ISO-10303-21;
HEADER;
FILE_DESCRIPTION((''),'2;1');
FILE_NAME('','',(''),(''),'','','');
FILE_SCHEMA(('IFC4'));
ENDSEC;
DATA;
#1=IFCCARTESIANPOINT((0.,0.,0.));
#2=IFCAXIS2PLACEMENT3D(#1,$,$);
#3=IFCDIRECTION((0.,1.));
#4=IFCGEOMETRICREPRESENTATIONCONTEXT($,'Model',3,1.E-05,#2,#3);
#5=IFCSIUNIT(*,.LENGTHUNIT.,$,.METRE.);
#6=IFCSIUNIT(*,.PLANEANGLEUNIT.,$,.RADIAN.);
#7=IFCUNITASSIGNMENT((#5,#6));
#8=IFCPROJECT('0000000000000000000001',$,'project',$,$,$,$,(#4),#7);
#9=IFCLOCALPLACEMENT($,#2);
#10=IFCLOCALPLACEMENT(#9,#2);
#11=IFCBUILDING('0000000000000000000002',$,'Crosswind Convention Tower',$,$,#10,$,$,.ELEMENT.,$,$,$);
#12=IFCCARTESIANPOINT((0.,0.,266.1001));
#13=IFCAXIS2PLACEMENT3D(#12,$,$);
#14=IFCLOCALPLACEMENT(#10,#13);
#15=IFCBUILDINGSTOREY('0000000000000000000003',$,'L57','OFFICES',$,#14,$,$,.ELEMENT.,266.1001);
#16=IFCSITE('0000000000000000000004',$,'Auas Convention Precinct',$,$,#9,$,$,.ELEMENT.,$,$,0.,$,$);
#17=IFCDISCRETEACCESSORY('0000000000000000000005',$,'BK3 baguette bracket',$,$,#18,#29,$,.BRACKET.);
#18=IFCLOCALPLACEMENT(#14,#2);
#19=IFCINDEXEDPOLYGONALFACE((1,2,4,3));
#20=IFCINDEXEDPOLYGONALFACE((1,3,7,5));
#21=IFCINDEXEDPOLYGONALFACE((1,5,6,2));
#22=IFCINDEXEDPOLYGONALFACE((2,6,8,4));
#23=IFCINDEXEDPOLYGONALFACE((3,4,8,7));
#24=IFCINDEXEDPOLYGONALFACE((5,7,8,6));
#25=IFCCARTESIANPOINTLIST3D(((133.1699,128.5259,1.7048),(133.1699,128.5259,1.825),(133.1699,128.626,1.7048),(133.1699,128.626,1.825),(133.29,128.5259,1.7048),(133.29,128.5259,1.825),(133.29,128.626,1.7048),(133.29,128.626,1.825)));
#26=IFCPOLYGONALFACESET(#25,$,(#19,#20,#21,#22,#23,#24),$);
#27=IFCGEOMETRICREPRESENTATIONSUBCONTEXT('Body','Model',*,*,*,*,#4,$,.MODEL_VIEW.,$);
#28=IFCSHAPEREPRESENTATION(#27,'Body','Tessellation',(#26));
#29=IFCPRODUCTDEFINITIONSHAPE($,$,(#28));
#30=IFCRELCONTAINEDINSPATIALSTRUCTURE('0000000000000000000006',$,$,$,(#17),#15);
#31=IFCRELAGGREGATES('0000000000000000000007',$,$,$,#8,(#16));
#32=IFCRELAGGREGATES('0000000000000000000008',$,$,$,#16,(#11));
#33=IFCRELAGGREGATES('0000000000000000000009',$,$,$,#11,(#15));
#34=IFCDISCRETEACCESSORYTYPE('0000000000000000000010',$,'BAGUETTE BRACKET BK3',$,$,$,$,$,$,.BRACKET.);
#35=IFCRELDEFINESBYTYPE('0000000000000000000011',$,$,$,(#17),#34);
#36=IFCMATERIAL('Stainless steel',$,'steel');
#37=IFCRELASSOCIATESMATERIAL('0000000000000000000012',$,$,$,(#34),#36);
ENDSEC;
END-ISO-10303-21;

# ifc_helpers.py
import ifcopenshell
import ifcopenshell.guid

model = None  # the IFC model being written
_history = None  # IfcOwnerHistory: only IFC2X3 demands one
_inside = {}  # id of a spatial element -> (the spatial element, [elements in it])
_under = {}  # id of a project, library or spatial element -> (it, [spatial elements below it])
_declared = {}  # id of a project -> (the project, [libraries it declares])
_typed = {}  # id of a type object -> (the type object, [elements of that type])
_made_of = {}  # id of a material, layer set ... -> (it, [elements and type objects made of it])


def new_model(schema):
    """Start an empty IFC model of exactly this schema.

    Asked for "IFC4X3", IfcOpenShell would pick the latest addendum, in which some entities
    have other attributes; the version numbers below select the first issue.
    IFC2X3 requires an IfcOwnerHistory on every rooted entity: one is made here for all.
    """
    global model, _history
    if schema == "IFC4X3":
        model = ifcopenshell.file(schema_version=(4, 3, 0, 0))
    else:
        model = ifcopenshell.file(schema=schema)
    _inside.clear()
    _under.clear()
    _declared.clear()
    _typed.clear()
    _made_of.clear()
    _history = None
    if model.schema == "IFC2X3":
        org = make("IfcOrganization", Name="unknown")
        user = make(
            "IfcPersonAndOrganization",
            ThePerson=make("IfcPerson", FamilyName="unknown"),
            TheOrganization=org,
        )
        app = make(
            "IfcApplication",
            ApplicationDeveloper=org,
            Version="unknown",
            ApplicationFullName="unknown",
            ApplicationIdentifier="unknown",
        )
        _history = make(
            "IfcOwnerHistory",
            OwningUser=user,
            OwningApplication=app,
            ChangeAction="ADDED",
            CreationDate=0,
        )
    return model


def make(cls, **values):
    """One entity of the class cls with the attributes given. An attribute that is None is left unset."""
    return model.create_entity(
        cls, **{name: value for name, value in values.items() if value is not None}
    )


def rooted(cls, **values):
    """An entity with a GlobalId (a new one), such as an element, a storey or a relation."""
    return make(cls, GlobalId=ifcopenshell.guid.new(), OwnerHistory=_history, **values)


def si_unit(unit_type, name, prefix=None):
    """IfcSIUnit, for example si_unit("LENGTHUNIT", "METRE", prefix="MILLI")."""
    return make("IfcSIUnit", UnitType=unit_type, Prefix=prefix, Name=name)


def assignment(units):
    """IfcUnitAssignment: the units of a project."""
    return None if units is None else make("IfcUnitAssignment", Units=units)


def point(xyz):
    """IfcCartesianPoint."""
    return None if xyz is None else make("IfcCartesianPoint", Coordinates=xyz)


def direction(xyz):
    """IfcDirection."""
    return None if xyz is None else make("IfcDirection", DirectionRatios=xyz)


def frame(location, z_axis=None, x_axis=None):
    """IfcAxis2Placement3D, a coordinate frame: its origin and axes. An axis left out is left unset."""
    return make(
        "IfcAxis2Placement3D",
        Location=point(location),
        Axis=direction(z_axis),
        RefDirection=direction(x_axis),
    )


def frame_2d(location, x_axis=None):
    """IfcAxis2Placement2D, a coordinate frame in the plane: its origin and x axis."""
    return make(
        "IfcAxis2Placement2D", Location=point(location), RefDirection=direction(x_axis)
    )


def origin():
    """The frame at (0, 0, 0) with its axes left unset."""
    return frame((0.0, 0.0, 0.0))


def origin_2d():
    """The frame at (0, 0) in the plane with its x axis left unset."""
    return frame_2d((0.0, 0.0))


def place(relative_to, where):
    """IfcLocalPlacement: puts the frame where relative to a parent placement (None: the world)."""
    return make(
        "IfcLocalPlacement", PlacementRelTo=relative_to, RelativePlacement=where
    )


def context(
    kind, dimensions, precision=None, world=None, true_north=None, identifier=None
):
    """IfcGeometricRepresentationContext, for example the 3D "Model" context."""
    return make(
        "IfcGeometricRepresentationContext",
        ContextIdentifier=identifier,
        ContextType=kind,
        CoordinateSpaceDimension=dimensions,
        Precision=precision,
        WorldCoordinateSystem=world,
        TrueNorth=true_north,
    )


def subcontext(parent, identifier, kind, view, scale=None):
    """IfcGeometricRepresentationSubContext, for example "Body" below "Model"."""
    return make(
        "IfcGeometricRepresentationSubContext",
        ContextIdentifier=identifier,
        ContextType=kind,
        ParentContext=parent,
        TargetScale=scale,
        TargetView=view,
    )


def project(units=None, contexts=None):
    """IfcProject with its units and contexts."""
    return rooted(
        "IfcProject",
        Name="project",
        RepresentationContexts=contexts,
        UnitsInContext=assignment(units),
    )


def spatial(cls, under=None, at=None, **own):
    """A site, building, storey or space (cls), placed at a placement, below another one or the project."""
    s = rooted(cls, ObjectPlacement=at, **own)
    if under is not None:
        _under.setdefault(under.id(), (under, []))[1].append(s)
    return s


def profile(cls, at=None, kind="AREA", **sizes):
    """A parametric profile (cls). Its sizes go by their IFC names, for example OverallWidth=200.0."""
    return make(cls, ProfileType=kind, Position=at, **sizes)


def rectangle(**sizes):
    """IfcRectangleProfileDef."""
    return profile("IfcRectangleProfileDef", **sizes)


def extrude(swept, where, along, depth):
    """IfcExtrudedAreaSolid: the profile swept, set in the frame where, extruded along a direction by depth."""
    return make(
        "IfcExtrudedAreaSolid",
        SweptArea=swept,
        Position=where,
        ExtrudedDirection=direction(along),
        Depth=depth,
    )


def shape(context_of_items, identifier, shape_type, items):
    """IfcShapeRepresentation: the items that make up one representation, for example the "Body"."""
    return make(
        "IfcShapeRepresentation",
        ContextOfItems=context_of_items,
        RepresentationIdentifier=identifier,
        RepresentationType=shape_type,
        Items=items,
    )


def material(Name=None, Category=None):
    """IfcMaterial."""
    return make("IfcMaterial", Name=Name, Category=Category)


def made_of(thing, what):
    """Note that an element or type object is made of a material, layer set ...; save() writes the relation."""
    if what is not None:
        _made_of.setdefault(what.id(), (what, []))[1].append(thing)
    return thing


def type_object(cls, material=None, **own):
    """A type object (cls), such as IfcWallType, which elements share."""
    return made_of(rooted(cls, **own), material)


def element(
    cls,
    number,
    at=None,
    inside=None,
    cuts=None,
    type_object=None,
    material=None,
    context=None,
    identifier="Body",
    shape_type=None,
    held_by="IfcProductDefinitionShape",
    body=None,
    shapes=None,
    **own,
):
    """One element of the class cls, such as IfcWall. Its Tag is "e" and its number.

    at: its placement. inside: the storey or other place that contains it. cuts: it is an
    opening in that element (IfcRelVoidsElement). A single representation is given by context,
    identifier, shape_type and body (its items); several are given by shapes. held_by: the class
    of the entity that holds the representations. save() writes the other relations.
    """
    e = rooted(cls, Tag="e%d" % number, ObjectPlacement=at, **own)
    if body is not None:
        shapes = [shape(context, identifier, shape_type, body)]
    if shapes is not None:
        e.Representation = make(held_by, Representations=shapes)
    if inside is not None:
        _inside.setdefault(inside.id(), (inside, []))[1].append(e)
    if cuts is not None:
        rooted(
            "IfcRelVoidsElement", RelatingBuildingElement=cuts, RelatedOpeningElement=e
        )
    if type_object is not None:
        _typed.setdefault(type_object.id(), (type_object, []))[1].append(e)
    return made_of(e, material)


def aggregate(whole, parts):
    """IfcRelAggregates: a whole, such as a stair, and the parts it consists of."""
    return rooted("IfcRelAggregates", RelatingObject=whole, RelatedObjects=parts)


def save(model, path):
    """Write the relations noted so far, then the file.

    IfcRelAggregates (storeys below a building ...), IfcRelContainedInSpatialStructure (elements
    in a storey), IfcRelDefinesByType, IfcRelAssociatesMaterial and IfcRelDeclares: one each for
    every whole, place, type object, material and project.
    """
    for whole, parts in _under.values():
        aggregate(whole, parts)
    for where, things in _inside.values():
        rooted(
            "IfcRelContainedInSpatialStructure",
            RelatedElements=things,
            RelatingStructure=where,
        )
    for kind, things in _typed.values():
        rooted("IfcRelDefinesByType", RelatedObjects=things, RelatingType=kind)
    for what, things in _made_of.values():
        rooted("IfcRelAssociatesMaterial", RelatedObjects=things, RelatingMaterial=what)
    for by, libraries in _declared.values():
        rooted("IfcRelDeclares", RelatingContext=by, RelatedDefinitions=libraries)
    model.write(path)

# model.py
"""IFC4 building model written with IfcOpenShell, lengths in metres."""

from ifc_helpers import new_model, si_unit, direction, frame, origin, origin_2d, place, context, subcontext, project, spatial, rectangle, extrude, material, type_object, element, save


model = new_model("IFC4")

# Units and contexts
model_context = context("Model", 3, precision=1e-05, world=origin(), true_north=direction((0.0, 1.0)))
body_context = subcontext(model_context, "Body", "Model", "MODEL_VIEW")
ifc_project = project(units=[si_unit("LENGTHUNIT", "METRE"), si_unit("PLANEANGLEUNIT", "RADIAN")], contexts=[model_context])

# Site, building, storey
site_placement = place(None, origin())
site = spatial("IfcSite", under=ifc_project, at=site_placement, Name="Auas Convention Precinct", CompositionType="ELEMENT", RefElevation=0.0)
building_placement = place(site_placement, origin())
building = spatial("IfcBuilding", under=site, at=building_placement, Name="Crosswind Convention Tower", CompositionType="ELEMENT")
storey_placement = place(building_placement, frame((0.0, 0.0, 266.1001)))
storey = spatial("IfcBuildingStorey", under=building, at=storey_placement, Name="L57", Description="OFFICES", CompositionType="ELEMENT", Elevation=266.1001)

# Discrete accessory
ifc_material_1 = material(Name="Stainless steel", Category="steel")
discrete_accessory_type = type_object("IfcDiscreteAccessoryType", Name="BAGUETTE BRACKET BK3", PredefinedType="BRACKET", material=ifc_material_1)
discrete_accessory_placement = place(storey_placement, frame((133.23, 128.5759, 1.7048), z_axis=(0.0, 0.0, 1.0), x_axis=(-1.0, 0.0, 0.0)))
element("IfcDiscreteAccessory", 1, at=discrete_accessory_placement, inside=storey, type_object=discrete_accessory_type, Name="BK3 baguette bracket", PredefinedType="BRACKET", context=body_context, shape_type="SweptSolid", body=[
    extrude(rectangle(XDim=0.1201, YDim=0.1001, at=origin_2d()), origin(), (0.0, 0.0, 1.0), 0.1201),
])

save(model, "model.ifc")
